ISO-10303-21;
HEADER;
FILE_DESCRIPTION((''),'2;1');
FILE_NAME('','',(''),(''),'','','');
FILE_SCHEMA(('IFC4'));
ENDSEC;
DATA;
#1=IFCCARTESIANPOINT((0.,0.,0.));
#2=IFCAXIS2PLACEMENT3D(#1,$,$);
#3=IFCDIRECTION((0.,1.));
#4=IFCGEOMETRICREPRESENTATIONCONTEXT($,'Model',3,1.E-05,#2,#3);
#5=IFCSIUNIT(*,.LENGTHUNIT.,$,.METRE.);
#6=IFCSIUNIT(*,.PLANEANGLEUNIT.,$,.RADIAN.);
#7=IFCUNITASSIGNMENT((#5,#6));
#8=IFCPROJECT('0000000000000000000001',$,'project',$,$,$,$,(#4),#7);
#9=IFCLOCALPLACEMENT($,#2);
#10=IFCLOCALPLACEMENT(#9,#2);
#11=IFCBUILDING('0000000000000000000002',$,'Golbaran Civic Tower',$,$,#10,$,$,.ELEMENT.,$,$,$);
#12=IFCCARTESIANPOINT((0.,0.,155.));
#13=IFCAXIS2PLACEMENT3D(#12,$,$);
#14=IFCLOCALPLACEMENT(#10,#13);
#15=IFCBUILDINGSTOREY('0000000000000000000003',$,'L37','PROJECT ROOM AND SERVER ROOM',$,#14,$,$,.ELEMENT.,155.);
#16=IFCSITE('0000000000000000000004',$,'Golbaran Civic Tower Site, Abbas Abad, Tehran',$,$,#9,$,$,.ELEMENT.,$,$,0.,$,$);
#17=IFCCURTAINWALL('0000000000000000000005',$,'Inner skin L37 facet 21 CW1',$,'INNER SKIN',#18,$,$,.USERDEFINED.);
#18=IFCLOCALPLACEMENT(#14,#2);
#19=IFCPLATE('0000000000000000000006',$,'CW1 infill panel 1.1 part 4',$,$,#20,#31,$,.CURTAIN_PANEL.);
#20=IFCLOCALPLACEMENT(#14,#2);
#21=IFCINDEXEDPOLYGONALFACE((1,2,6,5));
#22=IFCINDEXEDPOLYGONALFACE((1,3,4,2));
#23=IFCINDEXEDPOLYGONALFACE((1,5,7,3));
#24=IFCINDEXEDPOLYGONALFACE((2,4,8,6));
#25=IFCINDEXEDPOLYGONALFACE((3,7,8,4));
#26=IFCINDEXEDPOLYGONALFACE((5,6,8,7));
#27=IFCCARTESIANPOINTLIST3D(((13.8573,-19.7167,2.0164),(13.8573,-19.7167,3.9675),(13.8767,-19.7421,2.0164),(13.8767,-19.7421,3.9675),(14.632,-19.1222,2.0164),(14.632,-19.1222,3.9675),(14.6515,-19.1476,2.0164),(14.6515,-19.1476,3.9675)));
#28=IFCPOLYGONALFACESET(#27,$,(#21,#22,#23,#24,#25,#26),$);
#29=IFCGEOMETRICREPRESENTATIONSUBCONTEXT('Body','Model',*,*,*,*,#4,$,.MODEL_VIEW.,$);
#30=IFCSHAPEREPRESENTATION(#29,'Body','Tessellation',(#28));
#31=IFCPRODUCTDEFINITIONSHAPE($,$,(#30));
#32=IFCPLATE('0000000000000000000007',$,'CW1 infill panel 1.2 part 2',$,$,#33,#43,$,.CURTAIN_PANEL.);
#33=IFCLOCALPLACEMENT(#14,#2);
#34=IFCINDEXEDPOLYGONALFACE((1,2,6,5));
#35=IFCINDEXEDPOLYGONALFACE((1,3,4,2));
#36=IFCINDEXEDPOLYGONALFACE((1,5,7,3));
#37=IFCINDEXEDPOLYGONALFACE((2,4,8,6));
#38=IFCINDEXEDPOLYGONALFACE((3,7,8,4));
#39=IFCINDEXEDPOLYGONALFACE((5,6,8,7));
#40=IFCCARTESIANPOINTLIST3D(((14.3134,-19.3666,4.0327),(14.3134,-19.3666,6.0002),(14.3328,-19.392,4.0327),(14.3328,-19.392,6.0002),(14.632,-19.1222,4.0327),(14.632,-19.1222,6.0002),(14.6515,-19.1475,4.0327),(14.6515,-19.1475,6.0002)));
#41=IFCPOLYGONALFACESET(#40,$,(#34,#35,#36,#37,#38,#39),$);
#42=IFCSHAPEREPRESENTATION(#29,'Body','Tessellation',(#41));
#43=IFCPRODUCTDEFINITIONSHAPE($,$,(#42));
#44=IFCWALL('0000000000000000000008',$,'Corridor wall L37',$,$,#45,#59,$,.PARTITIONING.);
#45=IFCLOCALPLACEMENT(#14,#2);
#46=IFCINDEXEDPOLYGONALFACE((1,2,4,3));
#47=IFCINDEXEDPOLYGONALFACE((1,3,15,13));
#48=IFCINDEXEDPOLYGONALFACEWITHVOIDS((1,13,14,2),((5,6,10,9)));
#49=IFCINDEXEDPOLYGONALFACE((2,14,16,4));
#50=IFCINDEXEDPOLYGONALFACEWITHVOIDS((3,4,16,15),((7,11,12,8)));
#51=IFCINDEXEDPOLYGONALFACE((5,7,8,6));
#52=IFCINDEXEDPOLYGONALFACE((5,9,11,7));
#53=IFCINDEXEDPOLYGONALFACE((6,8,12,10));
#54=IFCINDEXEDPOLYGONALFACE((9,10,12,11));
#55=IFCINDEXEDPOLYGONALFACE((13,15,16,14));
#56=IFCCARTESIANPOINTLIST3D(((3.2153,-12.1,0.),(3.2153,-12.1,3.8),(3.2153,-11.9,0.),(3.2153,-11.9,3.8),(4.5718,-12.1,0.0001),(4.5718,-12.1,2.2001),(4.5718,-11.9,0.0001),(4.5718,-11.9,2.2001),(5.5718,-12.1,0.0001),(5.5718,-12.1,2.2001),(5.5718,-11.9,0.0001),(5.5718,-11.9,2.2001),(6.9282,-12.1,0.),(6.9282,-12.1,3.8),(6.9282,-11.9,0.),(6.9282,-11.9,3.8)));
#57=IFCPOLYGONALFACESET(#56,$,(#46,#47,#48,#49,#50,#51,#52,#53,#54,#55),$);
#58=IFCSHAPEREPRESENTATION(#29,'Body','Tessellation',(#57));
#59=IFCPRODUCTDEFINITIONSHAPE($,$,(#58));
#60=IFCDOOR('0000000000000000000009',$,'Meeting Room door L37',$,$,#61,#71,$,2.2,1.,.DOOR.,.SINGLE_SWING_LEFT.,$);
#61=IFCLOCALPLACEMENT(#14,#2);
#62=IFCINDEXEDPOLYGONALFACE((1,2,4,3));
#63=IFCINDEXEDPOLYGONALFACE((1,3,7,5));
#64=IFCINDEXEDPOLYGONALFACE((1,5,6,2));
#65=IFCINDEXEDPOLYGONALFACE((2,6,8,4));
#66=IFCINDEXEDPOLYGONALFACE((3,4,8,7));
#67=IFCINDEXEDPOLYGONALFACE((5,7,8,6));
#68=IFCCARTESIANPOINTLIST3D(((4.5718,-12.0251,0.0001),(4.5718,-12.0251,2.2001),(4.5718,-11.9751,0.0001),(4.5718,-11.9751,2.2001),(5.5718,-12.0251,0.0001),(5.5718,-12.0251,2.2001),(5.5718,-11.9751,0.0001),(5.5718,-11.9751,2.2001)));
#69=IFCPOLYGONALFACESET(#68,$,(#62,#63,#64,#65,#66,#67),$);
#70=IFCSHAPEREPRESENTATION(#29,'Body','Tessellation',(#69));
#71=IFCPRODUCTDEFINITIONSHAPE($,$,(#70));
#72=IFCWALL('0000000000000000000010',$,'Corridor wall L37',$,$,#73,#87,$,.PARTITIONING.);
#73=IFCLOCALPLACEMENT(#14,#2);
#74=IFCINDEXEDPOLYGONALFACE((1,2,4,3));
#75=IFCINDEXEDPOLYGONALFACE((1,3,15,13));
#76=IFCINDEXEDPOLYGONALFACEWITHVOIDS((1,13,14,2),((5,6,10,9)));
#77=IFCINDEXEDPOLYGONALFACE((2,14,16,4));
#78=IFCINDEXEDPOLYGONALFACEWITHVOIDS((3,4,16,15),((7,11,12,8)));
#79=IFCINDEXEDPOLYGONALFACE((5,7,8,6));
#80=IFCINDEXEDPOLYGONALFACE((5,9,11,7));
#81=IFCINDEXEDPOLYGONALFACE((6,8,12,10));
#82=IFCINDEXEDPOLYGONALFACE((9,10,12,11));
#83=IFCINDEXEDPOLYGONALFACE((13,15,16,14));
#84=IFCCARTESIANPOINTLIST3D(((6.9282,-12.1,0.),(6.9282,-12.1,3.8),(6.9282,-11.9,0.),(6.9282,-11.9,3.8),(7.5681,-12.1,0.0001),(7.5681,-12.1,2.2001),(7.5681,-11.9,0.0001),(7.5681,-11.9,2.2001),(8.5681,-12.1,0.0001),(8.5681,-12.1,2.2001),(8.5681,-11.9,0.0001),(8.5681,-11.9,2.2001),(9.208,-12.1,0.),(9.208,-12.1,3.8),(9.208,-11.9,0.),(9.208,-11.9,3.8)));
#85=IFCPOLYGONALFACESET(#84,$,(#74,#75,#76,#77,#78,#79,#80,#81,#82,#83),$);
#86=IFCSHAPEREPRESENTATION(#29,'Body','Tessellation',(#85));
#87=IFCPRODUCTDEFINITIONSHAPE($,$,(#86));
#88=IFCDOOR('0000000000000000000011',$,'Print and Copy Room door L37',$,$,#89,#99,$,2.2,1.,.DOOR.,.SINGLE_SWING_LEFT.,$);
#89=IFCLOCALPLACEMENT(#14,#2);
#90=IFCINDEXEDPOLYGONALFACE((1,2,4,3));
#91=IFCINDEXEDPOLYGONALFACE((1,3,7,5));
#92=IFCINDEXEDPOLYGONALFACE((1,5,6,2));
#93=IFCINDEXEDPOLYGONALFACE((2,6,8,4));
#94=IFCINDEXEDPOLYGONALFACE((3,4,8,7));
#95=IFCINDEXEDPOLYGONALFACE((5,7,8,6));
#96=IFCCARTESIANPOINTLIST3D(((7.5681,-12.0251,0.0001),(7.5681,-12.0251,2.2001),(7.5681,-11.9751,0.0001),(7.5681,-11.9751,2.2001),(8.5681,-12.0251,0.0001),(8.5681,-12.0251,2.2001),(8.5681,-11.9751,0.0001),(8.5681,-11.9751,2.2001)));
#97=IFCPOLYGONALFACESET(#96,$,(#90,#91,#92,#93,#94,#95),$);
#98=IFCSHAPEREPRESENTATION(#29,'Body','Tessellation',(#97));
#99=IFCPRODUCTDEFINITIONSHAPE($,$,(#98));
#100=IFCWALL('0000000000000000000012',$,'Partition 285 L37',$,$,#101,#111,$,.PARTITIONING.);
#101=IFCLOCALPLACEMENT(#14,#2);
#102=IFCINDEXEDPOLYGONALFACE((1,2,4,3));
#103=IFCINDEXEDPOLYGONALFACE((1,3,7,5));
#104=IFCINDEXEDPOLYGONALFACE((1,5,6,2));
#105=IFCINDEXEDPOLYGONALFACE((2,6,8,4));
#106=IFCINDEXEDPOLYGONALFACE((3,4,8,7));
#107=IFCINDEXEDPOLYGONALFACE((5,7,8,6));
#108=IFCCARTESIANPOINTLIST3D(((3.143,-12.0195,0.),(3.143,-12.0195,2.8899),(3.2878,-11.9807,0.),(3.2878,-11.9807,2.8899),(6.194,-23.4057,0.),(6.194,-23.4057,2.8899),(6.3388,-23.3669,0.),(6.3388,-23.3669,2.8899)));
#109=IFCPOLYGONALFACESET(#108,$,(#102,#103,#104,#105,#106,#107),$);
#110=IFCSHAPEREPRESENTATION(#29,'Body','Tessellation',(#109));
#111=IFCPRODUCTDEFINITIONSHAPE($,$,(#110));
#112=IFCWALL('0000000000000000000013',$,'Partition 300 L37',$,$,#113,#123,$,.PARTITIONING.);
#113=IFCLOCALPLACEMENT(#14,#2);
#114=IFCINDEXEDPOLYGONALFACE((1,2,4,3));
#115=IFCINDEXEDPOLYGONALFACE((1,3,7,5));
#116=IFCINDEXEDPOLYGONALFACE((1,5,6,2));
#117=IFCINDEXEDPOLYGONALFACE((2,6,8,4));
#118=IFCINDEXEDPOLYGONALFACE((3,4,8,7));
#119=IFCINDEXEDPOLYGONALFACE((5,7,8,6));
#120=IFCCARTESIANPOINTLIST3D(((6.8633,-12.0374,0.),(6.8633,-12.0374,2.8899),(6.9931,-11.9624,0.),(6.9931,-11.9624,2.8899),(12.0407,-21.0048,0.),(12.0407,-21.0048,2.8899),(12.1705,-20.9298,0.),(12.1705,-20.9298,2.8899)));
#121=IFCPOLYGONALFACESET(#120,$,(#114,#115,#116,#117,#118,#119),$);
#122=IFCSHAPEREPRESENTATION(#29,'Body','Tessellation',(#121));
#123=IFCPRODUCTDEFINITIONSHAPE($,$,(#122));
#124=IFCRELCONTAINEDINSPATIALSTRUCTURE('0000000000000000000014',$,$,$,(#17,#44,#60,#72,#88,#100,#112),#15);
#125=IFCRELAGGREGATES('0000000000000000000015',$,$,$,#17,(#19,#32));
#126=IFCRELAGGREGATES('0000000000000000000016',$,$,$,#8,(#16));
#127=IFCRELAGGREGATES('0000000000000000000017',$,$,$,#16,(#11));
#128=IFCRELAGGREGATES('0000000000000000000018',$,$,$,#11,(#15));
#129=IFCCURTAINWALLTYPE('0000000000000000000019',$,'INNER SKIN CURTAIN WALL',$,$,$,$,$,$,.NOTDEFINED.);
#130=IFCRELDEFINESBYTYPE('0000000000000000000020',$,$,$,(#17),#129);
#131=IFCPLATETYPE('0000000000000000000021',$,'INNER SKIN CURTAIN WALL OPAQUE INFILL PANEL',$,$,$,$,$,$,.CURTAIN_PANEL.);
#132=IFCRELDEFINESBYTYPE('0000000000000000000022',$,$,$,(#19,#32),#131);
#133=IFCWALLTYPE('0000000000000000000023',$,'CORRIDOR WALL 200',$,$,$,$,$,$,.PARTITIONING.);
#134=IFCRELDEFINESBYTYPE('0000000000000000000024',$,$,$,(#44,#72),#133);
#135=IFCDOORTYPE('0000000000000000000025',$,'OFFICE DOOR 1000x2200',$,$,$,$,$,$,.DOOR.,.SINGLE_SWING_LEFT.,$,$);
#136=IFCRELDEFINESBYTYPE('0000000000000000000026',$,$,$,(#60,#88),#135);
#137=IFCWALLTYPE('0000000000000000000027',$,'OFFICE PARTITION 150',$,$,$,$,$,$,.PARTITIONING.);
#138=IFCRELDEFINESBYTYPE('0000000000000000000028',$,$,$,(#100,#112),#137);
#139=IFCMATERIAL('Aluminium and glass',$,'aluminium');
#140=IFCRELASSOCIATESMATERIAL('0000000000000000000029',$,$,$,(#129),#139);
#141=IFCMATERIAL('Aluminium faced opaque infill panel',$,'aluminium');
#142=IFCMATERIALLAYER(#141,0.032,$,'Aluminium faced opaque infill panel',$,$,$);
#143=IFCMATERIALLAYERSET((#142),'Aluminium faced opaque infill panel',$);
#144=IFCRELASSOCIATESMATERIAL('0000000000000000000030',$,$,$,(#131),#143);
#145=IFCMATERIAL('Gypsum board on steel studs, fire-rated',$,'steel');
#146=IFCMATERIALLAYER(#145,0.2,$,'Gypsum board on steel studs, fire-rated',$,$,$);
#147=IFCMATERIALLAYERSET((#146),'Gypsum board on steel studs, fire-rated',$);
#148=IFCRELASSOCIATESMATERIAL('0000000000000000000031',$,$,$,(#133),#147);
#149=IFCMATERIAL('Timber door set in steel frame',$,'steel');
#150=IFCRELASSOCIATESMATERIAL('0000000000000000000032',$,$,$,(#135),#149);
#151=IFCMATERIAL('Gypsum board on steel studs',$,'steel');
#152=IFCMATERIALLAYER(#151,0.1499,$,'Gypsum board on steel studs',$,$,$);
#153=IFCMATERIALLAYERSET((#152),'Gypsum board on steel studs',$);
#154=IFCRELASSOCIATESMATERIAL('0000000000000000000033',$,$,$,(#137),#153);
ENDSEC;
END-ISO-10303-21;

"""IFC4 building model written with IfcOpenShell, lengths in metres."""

from ifc_helpers import new_model, si_unit, direction, frame, frame_2d, origin, origin_2d, place, context, subcontext, project, spatial, rectangle, extrude, material, layer, layer_set, type_object, element, fill, aggregate, save


model = new_model("IFC4")

# Units and contexts
model_context = context("Model", 3, precision=1e-05, world=origin(), true_north=direction((0.0, 1.0)))
body_context = subcontext(model_context, "Body", "Model", "MODEL_VIEW")
ifc_project = project(units=[si_unit("LENGTHUNIT", "METRE"), si_unit("PLANEANGLEUNIT", "RADIAN")], contexts=[model_context])

# Site, building, storey
site_placement = place(None, origin())
site = spatial("IfcSite", under=ifc_project, at=site_placement, Name="Golbaran Civic Tower Site, Abbas Abad, Tehran", CompositionType="ELEMENT", RefElevation=0.0)
building_placement = place(site_placement, origin())
building = spatial("IfcBuilding", under=site, at=building_placement, Name="Golbaran Civic Tower", CompositionType="ELEMENT")
storey_placement = place(building_placement, frame((0.0, 0.0, 155.0)))
storey = spatial("IfcBuildingStorey", under=building, at=storey_placement, Name="L37", Description="PROJECT ROOM AND SERVER ROOM", CompositionType="ELEMENT", Elevation=155.0)

# Shared definitions
ifc_material_1 = material(Name="Aluminium and glass", Category="aluminium")
curtain_wall_type = type_object("IfcCurtainWallType", Name="INNER SKIN CURTAIN WALL", PredefinedType="NOTDEFINED", material=ifc_material_1)

# Curtain wall
curtain_wall_1_placement = place(storey_placement, origin())
curtain_wall_1 = element("IfcCurtainWall", 1, at=curtain_wall_1_placement, inside=storey, type_object=curtain_wall_type, Name="Inner skin L37 facet 21 CW1", ObjectType="INNER SKIN", PredefinedType="USERDEFINED")

# Plates
ifc_material_2 = material(Name="Aluminium faced opaque infill panel", Category="aluminium")
ifc_layer_1 = layer(ifc_material_2, 0.032, Name="Aluminium faced opaque infill panel")
ifc_layer_set_1 = layer_set([ifc_layer_1], Name="Aluminium faced opaque infill panel")
plate_type_1 = type_object("IfcPlateType", Name="INNER SKIN CURTAIN WALL OPAQUE INFILL PANEL", PredefinedType="CURTAIN_PANEL", material=ifc_layer_set_1)
plate_1_placement = place(storey_placement, frame((14.2544, -19.4321, 2.0164), z_axis=(0.0, 0.0, 1.0), x_axis=(0.793353, 0.608761, 0.0)))
plate_1 = element("IfcPlate", 2, at=plate_1_placement, type_object=plate_type_1, Name="CW1 infill panel 1.1 part 4", PredefinedType="CURTAIN_PANEL", context=body_context, shape_type="SweptSolid", body=[
    extrude(rectangle(XDim=0.9766, YDim=0.032, at=origin_2d()), origin(), (0.0, 0.0, 1.0), 1.9512),
])
plate_2_placement = place(storey_placement, frame((14.4824, -19.2571, 4.0327), z_axis=(0.0, 0.0, 1.0), x_axis=(0.793353, 0.608761, 0.0)))
plate_2 = element("IfcPlate", 3, at=plate_2_placement, type_object=plate_type_1, Name="CW1 infill panel 1.2 part 2", PredefinedType="CURTAIN_PANEL", context=body_context, shape_type="SweptSolid", body=[
    extrude(rectangle(XDim=0.4016, YDim=0.032, at=origin_2d()), origin(), (0.0, 0.0, 1.0), 1.9675),
])
aggregate(curtain_wall_1, [plate_1, plate_2])

# Walls, openings, doors
ifc_material_3 = material(Name="Gypsum board on steel studs, fire-rated", Category="steel")
ifc_layer_2 = layer(ifc_material_3, 0.2, Name="Gypsum board on steel studs, fire-rated")
ifc_layer_set_2 = layer_set([ifc_layer_2], Name="Gypsum board on steel studs, fire-rated")
wall_type_1 = type_object("IfcWallType", Name="CORRIDOR WALL 200", PredefinedType="PARTITIONING", material=ifc_layer_set_2)
wall_1_placement = place(storey_placement, frame((3.2153, -12.0, 0.0), z_axis=(0.0, 0.0, 1.0), x_axis=(1.0, 0.0, 0.0)))
wall_1 = element("IfcWall", 4, at=wall_1_placement, inside=storey, type_object=wall_type_1, Name="Corridor wall L37", PredefinedType="PARTITIONING", context=body_context, shape_type="SweptSolid", body=[
    extrude(rectangle(XDim=3.7129, YDim=0.2, at=frame_2d((1.8564, 0.0))), origin(), (0.0, 0.0, 1.0), 3.8),
])
opening_1_placement = place(wall_1_placement, frame((1.3564, 0.0, 0.0)))
opening_1 = element("IfcOpeningElement", 5, at=opening_1_placement, cuts=wall_1, PredefinedType="OPENING", context=body_context, shape_type="SweptSolid", body=[
    extrude(rectangle(XDim=1.0, YDim=2.2, at=frame_2d((0.5, 1.1001))), frame((0.0, 0.1099, 0.0), z_axis=(0.0, -1.0, 0.0), x_axis=(1.0, 0.0, 0.0)), (0.0, 0.0, 1.0), 0.22),
])
ifc_material_4 = material(Name="Timber door set in steel frame", Category="steel")
door_type = type_object("IfcDoorType", Name="OFFICE DOOR 1000x2200", OperationType="SINGLE_SWING_LEFT", PredefinedType="DOOR", material=ifc_material_4)
door_1_placement = place(opening_1_placement, origin())
door_1 = element("IfcDoor", 6, at=door_1_placement, inside=storey, type_object=door_type, Name="Meeting Room door L37", OperationType="SINGLE_SWING_LEFT", OverallHeight=2.2, OverallWidth=1.0, PredefinedType="DOOR", context=body_context, shape_type="SweptSolid", body=[
    extrude(rectangle(XDim=1.0, YDim=2.2, at=frame_2d((0.5, 1.1001))), frame((0.0, 0.0249, 0.0), z_axis=(0.0, -1.0, 0.0), x_axis=(1.0, 0.0, 0.0)), (0.0, 0.0, 1.0), 0.05),
])
fill(opening_1, door_1)
wall_2_placement = place(storey_placement, frame((6.9282, -12.0, 0.0), z_axis=(0.0, 0.0, 1.0), x_axis=(1.0, 0.0, 0.0)))
wall_2 = element("IfcWall", 7, at=wall_2_placement, inside=storey, type_object=wall_type_1, Name="Corridor wall L37", PredefinedType="PARTITIONING", context=body_context, shape_type="SweptSolid", body=[
    extrude(rectangle(XDim=2.2798, YDim=0.2, at=frame_2d((1.1399, 0.0))), origin(), (0.0, 0.0, 1.0), 3.8),
])
opening_2_placement = place(wall_2_placement, frame((0.6399, 0.0, 0.0)))
opening_2 = element("IfcOpeningElement", 8, at=opening_2_placement, cuts=wall_2, PredefinedType="OPENING", context=body_context, shape_type="SweptSolid", body=[
    extrude(rectangle(XDim=1.0, YDim=2.2, at=frame_2d((0.5, 1.1001))), frame((0.0, 0.1099, 0.0), z_axis=(0.0, -1.0, 0.0), x_axis=(1.0, 0.0, 0.0)), (0.0, 0.0, 1.0), 0.22),
])
door_2_placement = place(opening_2_placement, origin())
door_2 = element("IfcDoor", 9, at=door_2_placement, inside=storey, type_object=door_type, Name="Print and Copy Room door L37", OperationType="SINGLE_SWING_LEFT", OverallHeight=2.2, OverallWidth=1.0, PredefinedType="DOOR", context=body_context, shape_type="SweptSolid", body=[
    extrude(rectangle(XDim=1.0, YDim=2.2, at=frame_2d((0.5, 1.1001))), frame((0.0, 0.0249, 0.0), z_axis=(0.0, -1.0, 0.0), x_axis=(1.0, 0.0, 0.0)), (0.0, 0.0, 1.0), 0.05),
])
fill(opening_2, door_2)

# Walls
ifc_material_5 = material(Name="Gypsum board on steel studs", Category="steel")
ifc_layer_3 = layer(ifc_material_5, 0.1499, Name="Gypsum board on steel studs")
ifc_layer_set_3 = layer_set([ifc_layer_3], Name="Gypsum board on steel studs")
wall_type_2 = type_object("IfcWallType", Name="OFFICE PARTITION 150", PredefinedType="PARTITIONING", material=ifc_layer_set_3)
wall_3_placement = place(storey_placement, frame((3.2153, -12.0, 0.0), z_axis=(0.0, 0.0, 1.0), x_axis=(0.258826, -0.965924, 0.0)))
element("IfcWall", 10, at=wall_3_placement, inside=storey, type_object=wall_type_2, Name="Partition 285 L37", PredefinedType="PARTITIONING", context=body_context, shape_type="SweptSolid", body=[
    extrude(rectangle(XDim=11.7878, YDim=0.1499, at=frame_2d((5.894, 0.0))), origin(), (0.0, 0.0, 1.0), 2.8899),
])
wall_4_placement = place(storey_placement, frame((6.9282, -12.0, 0.0), z_axis=(0.0, 0.0, 1.0), x_axis=(0.500006, -0.866022, 0.0)))
element("IfcWall", 11, at=wall_4_placement, inside=storey, type_object=wall_type_2, Name="Partition 300 L37", PredefinedType="PARTITIONING", context=body_context, shape_type="SweptSolid", body=[
    extrude(rectangle(XDim=10.3547, YDim=0.1499, at=frame_2d((5.1772, 0.0))), origin(), (0.0, 0.0, 1.0), 2.8899),
])

save(model, "model.ifc")
